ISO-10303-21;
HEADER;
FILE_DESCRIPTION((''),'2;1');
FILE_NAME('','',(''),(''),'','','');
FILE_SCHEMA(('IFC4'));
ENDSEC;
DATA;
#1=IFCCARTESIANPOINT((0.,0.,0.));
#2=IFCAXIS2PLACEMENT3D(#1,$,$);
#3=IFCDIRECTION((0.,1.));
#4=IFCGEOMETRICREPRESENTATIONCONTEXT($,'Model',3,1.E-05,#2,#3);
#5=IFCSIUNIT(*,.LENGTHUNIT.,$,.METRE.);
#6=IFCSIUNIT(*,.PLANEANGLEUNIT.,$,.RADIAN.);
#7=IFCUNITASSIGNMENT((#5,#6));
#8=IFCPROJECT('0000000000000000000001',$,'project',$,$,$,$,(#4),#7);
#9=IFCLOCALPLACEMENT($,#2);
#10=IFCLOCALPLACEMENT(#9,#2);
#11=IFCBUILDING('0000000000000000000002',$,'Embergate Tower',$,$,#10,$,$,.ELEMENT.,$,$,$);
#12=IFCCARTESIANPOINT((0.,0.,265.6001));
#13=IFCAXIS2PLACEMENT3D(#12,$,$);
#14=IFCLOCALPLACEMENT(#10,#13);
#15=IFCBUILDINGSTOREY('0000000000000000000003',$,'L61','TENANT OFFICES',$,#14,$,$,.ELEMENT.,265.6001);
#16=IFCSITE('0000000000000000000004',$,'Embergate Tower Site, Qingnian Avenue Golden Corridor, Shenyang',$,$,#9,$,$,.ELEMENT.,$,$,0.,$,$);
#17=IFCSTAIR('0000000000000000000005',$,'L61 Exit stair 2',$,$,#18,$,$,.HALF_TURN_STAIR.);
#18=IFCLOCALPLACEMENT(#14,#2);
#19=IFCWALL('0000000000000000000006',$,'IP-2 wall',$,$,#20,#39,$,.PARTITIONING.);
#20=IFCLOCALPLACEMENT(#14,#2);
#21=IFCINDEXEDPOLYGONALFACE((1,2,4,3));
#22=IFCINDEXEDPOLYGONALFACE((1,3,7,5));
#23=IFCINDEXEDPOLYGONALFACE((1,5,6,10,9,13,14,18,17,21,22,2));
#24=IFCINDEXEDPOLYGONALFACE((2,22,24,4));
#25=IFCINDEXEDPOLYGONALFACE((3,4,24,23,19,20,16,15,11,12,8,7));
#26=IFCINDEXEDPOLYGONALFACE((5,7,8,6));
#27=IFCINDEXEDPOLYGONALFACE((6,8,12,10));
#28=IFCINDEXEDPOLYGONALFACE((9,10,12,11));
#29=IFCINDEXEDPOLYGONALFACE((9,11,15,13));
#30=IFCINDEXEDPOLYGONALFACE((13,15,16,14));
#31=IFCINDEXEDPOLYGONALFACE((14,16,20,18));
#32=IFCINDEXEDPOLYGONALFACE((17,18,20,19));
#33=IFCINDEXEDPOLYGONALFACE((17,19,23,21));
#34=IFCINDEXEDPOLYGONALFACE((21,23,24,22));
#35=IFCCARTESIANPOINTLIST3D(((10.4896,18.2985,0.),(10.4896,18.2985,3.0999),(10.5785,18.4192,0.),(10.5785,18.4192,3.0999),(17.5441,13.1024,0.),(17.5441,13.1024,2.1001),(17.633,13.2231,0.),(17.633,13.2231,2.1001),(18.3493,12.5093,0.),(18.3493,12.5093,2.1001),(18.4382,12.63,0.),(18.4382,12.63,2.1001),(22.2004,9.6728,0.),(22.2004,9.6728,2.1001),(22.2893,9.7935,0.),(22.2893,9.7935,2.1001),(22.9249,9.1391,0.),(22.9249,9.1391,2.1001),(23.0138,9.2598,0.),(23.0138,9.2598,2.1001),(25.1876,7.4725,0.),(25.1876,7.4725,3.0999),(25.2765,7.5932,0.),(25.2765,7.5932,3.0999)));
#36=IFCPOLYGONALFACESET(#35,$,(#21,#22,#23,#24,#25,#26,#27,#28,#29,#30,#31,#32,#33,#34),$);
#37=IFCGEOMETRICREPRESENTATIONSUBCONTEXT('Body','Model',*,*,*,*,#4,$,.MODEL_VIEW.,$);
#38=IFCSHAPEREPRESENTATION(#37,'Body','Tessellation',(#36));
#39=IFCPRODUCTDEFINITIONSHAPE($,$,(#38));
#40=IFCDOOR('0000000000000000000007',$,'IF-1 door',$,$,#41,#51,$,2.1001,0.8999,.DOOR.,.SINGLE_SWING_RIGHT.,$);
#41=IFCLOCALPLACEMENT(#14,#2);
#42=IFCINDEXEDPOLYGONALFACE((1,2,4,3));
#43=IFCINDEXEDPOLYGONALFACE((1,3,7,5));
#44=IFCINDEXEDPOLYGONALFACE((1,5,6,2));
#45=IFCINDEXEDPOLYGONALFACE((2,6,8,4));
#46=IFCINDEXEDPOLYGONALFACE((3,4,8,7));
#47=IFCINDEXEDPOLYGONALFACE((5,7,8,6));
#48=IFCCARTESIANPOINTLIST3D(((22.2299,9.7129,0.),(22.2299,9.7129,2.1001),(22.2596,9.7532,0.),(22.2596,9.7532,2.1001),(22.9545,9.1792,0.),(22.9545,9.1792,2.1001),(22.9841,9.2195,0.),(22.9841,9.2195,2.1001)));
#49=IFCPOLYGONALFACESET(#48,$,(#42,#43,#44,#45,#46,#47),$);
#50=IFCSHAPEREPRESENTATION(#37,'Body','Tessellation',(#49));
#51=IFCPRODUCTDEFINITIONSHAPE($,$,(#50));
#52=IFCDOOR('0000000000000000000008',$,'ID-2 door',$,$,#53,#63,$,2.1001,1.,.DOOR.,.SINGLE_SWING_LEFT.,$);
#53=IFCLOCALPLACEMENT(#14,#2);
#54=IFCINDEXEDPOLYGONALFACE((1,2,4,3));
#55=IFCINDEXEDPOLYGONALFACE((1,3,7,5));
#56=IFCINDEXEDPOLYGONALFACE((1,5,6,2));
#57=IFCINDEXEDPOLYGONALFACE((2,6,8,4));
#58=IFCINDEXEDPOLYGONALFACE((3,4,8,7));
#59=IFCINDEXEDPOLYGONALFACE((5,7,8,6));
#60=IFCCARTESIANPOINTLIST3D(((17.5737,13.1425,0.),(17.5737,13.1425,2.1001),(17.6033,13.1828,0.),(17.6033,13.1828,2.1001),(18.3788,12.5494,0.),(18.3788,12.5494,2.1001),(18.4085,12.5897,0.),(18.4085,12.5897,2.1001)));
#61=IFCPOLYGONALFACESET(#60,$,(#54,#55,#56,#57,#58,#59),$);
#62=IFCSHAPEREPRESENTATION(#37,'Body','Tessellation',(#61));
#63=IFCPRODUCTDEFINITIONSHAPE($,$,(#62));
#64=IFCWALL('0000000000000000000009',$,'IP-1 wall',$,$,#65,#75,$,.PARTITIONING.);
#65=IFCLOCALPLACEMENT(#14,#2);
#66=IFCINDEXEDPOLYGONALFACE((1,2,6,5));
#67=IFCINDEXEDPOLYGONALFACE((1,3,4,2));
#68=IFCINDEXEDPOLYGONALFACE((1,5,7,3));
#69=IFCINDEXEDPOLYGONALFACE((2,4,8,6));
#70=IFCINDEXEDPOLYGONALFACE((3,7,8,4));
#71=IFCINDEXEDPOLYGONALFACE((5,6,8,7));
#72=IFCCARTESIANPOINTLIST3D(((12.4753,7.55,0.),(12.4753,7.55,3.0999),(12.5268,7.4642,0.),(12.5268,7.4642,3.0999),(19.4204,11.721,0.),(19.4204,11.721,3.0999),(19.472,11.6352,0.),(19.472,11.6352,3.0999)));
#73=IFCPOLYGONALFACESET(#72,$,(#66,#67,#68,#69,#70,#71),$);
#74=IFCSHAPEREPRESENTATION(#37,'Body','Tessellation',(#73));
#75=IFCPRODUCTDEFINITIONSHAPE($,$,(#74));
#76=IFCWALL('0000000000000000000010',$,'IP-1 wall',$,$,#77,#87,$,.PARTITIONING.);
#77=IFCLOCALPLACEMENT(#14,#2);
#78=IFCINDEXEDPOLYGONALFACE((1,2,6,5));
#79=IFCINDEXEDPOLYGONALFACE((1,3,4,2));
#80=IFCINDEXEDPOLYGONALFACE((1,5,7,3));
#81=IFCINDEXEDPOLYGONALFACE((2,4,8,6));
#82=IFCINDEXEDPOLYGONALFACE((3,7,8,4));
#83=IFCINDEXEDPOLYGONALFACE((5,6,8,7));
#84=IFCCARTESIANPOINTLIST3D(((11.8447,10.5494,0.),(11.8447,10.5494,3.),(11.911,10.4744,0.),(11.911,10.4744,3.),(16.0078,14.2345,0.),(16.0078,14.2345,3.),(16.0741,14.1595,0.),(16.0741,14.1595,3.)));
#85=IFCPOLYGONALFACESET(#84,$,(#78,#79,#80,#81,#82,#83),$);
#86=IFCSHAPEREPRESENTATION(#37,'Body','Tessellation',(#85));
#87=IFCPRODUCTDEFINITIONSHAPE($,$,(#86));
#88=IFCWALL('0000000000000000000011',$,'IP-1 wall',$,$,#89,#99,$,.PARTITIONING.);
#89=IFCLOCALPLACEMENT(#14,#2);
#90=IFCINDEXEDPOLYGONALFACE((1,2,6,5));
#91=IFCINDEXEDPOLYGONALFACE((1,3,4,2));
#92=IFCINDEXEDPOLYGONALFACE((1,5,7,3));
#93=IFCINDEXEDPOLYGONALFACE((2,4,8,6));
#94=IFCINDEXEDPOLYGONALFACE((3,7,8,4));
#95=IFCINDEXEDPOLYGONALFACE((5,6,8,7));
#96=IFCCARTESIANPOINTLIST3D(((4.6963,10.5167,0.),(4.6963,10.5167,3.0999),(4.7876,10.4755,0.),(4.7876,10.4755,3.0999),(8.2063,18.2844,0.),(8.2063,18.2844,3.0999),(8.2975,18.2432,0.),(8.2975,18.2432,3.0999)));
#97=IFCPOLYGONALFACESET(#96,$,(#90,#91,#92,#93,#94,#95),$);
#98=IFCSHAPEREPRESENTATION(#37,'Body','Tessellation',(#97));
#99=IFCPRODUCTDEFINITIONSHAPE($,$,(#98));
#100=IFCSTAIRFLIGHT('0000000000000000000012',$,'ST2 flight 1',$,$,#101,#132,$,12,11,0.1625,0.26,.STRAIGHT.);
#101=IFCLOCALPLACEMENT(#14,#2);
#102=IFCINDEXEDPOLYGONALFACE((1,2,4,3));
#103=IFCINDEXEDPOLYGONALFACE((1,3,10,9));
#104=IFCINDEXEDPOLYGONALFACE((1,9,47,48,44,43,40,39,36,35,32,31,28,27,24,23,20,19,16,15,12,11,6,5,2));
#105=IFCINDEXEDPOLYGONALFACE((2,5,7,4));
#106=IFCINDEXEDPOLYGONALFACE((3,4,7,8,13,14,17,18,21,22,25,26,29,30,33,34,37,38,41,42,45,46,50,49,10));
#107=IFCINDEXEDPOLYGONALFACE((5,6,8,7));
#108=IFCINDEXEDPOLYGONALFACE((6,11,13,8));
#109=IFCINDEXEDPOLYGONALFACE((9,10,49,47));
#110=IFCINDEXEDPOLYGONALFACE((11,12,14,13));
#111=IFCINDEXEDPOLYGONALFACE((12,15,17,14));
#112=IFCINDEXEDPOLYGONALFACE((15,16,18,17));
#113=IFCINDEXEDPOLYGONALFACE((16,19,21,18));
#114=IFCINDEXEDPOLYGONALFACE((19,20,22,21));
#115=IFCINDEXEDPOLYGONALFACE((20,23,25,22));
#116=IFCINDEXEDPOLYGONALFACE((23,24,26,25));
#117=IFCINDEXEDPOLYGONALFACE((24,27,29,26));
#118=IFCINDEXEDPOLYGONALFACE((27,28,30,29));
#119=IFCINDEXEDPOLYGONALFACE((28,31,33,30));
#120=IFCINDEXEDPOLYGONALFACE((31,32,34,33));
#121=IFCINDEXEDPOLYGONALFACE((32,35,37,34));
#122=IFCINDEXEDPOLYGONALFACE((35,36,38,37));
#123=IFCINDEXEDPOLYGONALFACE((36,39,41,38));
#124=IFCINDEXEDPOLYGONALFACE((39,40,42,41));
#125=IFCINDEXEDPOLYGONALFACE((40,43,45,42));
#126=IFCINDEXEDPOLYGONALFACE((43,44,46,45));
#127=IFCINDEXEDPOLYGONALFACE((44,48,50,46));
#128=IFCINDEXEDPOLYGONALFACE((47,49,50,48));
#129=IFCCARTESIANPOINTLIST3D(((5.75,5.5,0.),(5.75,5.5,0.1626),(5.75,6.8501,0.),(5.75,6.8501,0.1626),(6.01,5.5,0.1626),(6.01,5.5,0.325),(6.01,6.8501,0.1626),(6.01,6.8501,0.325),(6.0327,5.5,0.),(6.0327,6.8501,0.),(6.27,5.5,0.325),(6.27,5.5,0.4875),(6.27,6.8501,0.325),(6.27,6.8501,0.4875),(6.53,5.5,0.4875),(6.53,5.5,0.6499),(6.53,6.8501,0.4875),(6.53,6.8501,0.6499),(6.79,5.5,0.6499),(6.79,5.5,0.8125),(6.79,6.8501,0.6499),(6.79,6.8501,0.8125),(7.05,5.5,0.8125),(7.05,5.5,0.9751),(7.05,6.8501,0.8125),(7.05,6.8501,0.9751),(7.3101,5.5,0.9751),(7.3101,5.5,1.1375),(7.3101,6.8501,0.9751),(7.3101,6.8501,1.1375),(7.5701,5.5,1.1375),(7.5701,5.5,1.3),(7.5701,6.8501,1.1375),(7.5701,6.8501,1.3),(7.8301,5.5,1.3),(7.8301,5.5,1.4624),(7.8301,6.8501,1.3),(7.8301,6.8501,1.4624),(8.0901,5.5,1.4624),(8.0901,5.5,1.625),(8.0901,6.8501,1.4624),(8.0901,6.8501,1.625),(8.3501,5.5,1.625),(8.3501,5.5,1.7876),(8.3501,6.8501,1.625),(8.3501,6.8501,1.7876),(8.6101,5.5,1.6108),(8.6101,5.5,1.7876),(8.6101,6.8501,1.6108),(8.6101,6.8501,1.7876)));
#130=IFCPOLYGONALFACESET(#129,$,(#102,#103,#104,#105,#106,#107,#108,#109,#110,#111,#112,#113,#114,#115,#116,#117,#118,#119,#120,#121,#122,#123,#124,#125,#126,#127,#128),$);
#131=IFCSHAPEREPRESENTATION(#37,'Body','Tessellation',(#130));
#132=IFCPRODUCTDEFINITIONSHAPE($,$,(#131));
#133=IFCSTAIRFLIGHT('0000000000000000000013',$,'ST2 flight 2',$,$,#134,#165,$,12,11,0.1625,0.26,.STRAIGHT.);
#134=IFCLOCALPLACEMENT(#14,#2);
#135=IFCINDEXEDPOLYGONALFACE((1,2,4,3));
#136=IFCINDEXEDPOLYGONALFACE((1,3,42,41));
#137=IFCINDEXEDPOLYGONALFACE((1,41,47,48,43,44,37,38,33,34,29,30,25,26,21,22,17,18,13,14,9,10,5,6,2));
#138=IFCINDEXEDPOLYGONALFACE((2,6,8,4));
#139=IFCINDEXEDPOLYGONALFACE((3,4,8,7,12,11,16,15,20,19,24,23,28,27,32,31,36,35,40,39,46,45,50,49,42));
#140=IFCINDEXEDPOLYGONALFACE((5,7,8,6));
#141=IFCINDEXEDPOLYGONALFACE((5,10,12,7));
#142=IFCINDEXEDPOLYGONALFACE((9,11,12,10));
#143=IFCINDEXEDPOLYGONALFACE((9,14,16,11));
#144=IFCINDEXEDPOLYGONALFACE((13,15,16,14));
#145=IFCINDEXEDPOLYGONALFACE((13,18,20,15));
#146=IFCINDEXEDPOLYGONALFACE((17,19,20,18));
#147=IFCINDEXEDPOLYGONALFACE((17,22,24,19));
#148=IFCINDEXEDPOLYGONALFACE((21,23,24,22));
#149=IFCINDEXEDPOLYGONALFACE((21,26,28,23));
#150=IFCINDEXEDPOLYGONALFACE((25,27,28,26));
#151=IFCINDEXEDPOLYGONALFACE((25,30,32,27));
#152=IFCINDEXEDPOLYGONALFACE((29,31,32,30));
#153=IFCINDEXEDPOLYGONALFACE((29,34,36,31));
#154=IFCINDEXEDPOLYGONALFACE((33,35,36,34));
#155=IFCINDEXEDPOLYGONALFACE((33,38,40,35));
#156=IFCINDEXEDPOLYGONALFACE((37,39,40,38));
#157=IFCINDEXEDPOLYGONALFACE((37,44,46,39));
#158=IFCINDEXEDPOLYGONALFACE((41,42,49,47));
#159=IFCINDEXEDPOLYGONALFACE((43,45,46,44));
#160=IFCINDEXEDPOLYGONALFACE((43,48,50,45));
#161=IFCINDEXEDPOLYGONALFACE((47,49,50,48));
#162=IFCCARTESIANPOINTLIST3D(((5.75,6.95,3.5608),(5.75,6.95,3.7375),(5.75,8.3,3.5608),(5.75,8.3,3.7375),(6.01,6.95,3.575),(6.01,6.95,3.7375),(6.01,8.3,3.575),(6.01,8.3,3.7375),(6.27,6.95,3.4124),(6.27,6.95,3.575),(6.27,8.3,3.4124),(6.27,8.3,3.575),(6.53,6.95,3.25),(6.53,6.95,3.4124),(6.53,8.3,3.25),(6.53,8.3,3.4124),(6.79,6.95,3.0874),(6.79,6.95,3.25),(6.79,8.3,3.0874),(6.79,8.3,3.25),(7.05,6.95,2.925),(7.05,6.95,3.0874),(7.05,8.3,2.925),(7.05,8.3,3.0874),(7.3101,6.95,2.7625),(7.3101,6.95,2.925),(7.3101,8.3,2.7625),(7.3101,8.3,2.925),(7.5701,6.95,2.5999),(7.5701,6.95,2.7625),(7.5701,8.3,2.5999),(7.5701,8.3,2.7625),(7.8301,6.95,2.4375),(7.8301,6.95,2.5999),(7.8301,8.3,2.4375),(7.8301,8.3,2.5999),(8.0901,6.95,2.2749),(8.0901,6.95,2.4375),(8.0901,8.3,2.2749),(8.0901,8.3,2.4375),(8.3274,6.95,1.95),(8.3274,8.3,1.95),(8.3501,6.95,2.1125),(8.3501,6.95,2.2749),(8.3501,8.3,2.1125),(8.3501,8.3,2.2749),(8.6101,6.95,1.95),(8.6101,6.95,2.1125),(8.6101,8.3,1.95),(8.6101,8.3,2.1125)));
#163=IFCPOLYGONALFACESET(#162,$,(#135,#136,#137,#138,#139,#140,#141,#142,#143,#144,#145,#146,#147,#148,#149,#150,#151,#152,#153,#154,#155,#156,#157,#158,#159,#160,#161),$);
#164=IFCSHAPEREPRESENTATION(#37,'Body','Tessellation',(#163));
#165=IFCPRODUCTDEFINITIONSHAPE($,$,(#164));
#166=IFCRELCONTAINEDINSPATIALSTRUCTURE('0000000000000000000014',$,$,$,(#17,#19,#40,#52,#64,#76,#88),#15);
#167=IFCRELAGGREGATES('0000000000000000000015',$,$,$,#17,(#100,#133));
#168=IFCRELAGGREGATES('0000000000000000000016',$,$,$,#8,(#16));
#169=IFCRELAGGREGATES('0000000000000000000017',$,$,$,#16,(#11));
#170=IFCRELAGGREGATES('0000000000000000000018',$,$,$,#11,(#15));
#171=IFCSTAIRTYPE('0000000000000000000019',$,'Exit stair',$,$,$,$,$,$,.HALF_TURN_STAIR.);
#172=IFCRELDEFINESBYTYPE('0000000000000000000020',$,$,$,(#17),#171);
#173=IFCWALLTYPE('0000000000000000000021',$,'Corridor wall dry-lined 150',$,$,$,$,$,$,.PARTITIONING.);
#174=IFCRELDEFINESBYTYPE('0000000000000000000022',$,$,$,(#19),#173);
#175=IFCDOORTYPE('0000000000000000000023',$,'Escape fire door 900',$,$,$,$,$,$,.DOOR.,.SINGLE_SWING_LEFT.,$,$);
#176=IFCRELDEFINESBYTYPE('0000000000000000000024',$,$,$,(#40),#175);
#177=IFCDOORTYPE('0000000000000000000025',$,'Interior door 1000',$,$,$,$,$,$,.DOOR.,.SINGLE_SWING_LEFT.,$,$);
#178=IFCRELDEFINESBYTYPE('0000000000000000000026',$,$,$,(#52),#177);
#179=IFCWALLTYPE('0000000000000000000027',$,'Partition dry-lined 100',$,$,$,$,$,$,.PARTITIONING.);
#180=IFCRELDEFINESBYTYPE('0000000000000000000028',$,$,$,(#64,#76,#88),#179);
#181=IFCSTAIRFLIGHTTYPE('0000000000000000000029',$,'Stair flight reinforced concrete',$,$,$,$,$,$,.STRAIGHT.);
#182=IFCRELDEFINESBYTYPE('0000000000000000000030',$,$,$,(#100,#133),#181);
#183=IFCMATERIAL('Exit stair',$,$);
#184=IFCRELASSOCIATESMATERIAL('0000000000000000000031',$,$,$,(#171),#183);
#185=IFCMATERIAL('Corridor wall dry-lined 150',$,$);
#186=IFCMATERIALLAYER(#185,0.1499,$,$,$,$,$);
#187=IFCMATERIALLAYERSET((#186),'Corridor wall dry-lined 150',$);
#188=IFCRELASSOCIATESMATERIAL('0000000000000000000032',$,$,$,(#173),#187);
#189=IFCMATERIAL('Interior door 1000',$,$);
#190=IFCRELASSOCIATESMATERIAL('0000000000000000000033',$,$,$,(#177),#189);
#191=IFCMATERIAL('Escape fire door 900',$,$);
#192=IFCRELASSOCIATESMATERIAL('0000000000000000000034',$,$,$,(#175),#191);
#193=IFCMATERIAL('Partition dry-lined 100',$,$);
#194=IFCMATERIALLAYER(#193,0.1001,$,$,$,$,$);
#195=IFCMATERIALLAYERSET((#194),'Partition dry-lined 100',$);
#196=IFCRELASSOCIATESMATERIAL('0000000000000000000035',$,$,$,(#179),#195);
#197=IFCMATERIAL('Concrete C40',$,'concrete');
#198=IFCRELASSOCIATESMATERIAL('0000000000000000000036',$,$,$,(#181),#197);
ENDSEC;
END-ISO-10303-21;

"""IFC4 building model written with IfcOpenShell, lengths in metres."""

from ifc_helpers import new_model, si_unit, direction, frame, frame_2d, origin, place, context, subcontext, project, spatial, polyline, rectangle, outline, extrude, source, transform, mapped, material, layer, layer_set, type_object, element, fill, aggregate, save


model = new_model("IFC4")

# Units and contexts
model_context = context("Model", 3, precision=1e-05, world=origin(), true_north=direction((0.0, 1.0)))
body_context = subcontext(model_context, "Body", "Model", "MODEL_VIEW")
ifc_project = project(units=[si_unit("LENGTHUNIT", "METRE"), si_unit("PLANEANGLEUNIT", "RADIAN")], contexts=[model_context])

# Site, building, storey
site_placement = place(None, origin())
site = spatial("IfcSite", under=ifc_project, at=site_placement, Name="Embergate Tower Site, Qingnian Avenue Golden Corridor, Shenyang", CompositionType="ELEMENT", RefElevation=0.0)
building_placement = place(site_placement, origin())
building = spatial("IfcBuilding", under=site, at=building_placement, Name="Embergate Tower", CompositionType="ELEMENT")
storey_placement = place(building_placement, frame((0.0, 0.0, 265.6001)))
storey = spatial("IfcBuildingStorey", under=building, at=storey_placement, Name="L61", Description="TENANT OFFICES", CompositionType="ELEMENT", Elevation=265.6001)

# Stair
ifc_material_1 = material(Name="Exit stair")
stair_type = type_object("IfcStairType", Name="Exit stair", PredefinedType="HALF_TURN_STAIR", material=ifc_material_1)
stair_placement = place(storey_placement, origin())
stair = element("IfcStair", 1, at=stair_placement, inside=storey, type_object=stair_type, Name="L61 Exit stair 2", PredefinedType="HALF_TURN_STAIR")
ifc_material_2 = material(Name="Concrete C40", Category="concrete")

# Shared definitions
ifc_material_3 = material(Name="Corridor wall dry-lined 150")
ifc_layer_1 = layer(ifc_material_3, 0.1499)
ifc_layer_set_1 = layer_set([ifc_layer_1], Name="Corridor wall dry-lined 150")
wall_type_1 = type_object("IfcWallType", Name="Corridor wall dry-lined 150", PredefinedType="PARTITIONING", material=ifc_layer_set_1)
shared_shape_1 = source(origin(), body_context, "Body", "SweptSolid", [
    extrude(rectangle(XDim=1.0, YDim=2.1001, at=frame_2d((0.5, 1.05))), frame((0.0, 0.085, 0.0), z_axis=(0.0, -1.0, 0.0), x_axis=(1.0, 0.0, 0.0)), (0.0, 0.0, 1.0), 0.1699),
])
ifc_material_4 = material(Name="Interior door 1000")
door_type_1 = type_object("IfcDoorType", Name="Interior door 1000", OperationType="SINGLE_SWING_LEFT", PredefinedType="DOOR", material=ifc_material_4)
shared_shape_2 = source(origin(), body_context, "Body", "SweptSolid", [
    extrude(rectangle(XDim=1.0, YDim=2.1001, at=frame_2d((0.5, 1.05))), frame((0.0, 0.0249, 0.0), z_axis=(0.0, -1.0, 0.0), x_axis=(1.0, 0.0, 0.0)), (0.0, 0.0, 1.0), 0.05),
])

# Shared definitions
shared_shape_3 = source(origin(), body_context, "Body", "SweptSolid", [
    extrude(rectangle(XDim=0.8999, YDim=2.1001, at=frame_2d((0.45, 1.05))), frame((0.0, 0.085, 0.0), z_axis=(0.0, -1.0, 0.0), x_axis=(1.0, 0.0, 0.0)), (0.0, 0.0, 1.0), 0.1699),
])
ifc_material_5 = material(Name="Escape fire door 900")
door_type_2 = type_object("IfcDoorType", Name="Escape fire door 900", OperationType="SINGLE_SWING_LEFT", PredefinedType="DOOR", material=ifc_material_5)
shared_shape_4 = source(origin(), body_context, "Body", "SweptSolid", [
    extrude(rectangle(XDim=0.8999, YDim=2.1001, at=frame_2d((0.45, 1.05))), frame((0.0, 0.0249, 0.0), z_axis=(0.0, -1.0, 0.0), x_axis=(1.0, 0.0, 0.0)), (0.0, 0.0, 1.0), 0.05),
])

# Wall, openings, doors
shared_shape_5 = source(origin(), body_context, "Body", "SweptSolid", [
    extrude(rectangle(XDim=18.2546, YDim=0.1499, at=frame_2d((9.1274, 0.0))), origin(), (0.0, 0.0, 1.0), 3.0999),
])
wall_1_placement = place(storey_placement, frame((10.5339, 18.3589, 0.0), z_axis=(0.0, 0.0, 1.0), x_axis=(0.805165, -0.593051, 0.0)))
wall_1 = element("IfcWall", 2, at=wall_1_placement, inside=storey, type_object=wall_type_1, Name="IP-2 wall", PredefinedType="PARTITIONING", context=body_context, shape_type="MappedRepresentation", body=[
    mapped(shared_shape_5, transform((0.0, 0.0, 0.0))),
])
opening_1_placement = place(wall_1_placement, frame((14.5447, 0.0, 0.0)))
opening_1 = element("IfcOpeningElement", 3, at=opening_1_placement, cuts=wall_1, PredefinedType="OPENING", context=body_context, shape_type="MappedRepresentation", body=[
    mapped(shared_shape_3, transform((0.0, 0.0, 0.0))),
])
opening_2_placement = place(wall_1_placement, frame((8.7617, 0.0, 0.0)))
opening_2 = element("IfcOpeningElement", 4, at=opening_2_placement, cuts=wall_1, PredefinedType="OPENING", context=body_context, shape_type="MappedRepresentation", body=[
    mapped(shared_shape_1, transform((0.0, 0.0, 0.0))),
])
door_1_placement = place(opening_1_placement, origin())
door_1 = element("IfcDoor", 5, at=door_1_placement, inside=storey, type_object=door_type_2, Name="IF-1 door", OperationType="SINGLE_SWING_RIGHT", OverallHeight=2.1001, OverallWidth=0.8999, PredefinedType="DOOR", context=body_context, shape_type="MappedRepresentation", body=[
    mapped(shared_shape_4, transform((0.0, 0.0, 0.0))),
])
fill(opening_1, door_1)
door_2_placement = place(opening_2_placement, origin())
door_2 = element("IfcDoor", 6, at=door_2_placement, inside=storey, type_object=door_type_1, Name="ID-2 door", OperationType="SINGLE_SWING_LEFT", OverallHeight=2.1001, OverallWidth=1.0, PredefinedType="DOOR", context=body_context, shape_type="MappedRepresentation", body=[
    mapped(shared_shape_2, transform((0.0, 0.0, 0.0))),
])
fill(opening_2, door_2)

# Walls
ifc_material_6 = material(Name="Partition dry-lined 100")
ifc_layer_2 = layer(ifc_material_6, 0.1001)
ifc_layer_set_2 = layer_set([ifc_layer_2], Name="Partition dry-lined 100")
wall_type_2 = type_object("IfcWallType", Name="Partition dry-lined 100", PredefinedType="PARTITIONING", material=ifc_layer_set_2)
shared_shape_6 = source(origin(), body_context, "Body", "SweptSolid", [
    extrude(rectangle(XDim=8.1013, YDim=0.1001, at=frame_2d((4.0508, 0.0))), origin(), (0.0, 0.0, 1.0), 3.0999),
])
wall_2_placement = place(storey_placement, frame((12.501, 7.5071, 0.0), z_axis=(0.0, 0.0, 1.0), x_axis=(0.857283, 0.514846, 0.0)))
element("IfcWall", 7, at=wall_2_placement, inside=storey, type_object=wall_type_2, Name="IP-1 wall", PredefinedType="PARTITIONING", context=body_context, shape_type="MappedRepresentation", body=[
    mapped(shared_shape_6, transform((0.0, 0.0, 0.0))),
])
shared_shape_7 = source(origin(), body_context, "Body", "SweptSolid", [
    extrude(rectangle(XDim=5.5598, YDim=0.1001, at=frame_2d((2.7798, 0.0))), origin(), (0.0, 0.0, 1.0), 3.0),
])
wall_3_placement = place(storey_placement, frame((11.8779, 10.512, 0.0), z_axis=(0.0, 0.0, 1.0), x_axis=(0.748789, 0.662809, 0.0)))
element("IfcWall", 8, at=wall_3_placement, inside=storey, type_object=wall_type_2, Name="IP-1 wall", PredefinedType="PARTITIONING", context=body_context, shape_type="MappedRepresentation", body=[
    mapped(shared_shape_7, transform((0.0, 0.0, 0.0))),
])
shared_shape_8 = source(origin(), body_context, "Body", "SweptSolid", [
    extrude(rectangle(XDim=8.5239, YDim=0.1001, at=frame_2d((4.262, 0.0))), origin(), (0.0, 0.0, 1.0), 3.0999),
])
wall_4_placement = place(storey_placement, frame((4.7419, 10.4961, 0.0), z_axis=(0.0, 0.0, 1.0), x_axis=(0.411778, 0.911284, 0.0)))
element("IfcWall", 9, at=wall_4_placement, inside=storey, type_object=wall_type_2, Name="IP-1 wall", PredefinedType="PARTITIONING", context=body_context, shape_type="MappedRepresentation", body=[
    mapped(shared_shape_8, transform((0.0, 0.0, 0.0))),
])

# Stair flights
stair_flight_type = type_object("IfcStairFlightType", Name="Stair flight reinforced concrete", PredefinedType="STRAIGHT", material=ifc_material_2)
shared_shape_9 = source(origin(), body_context, "Body", "SweptSolid", [
    extrude(outline(polyline([(0.0, 0.0), (0.0, 0.1626), (0.26, 0.1626), (0.26, 0.325), (0.52, 0.325), (0.52, 0.4875), (0.78, 0.4875), (0.78, 0.6499), (1.04, 0.6499), (1.04, 0.8125), (1.3, 0.8125), (1.3, 0.9751), (1.5601, 0.9751), (1.5601, 1.1375), (1.8201, 1.1375), (1.8201, 1.3), (2.0801, 1.3), (2.0801, 1.4624), (2.3401, 1.4624), (2.3401, 1.625), (2.6001, 1.625), (2.6001, 1.7876), (2.8601, 1.7876), (2.8601, 1.95), (2.8601, 1.6108), (0.2827, 0.0), (0.0, 0.0)])), frame((0.0, 0.675, 0.0), z_axis=(0.0, -1.0, 0.0), x_axis=(1.0, 0.0, 0.0)), (0.0, 0.0, 1.0), 1.3501),
])
stair_flight_1_placement = place(storey_placement, frame((5.75, 6.175, 0.0), z_axis=(0.0, 0.0, 1.0), x_axis=(1.0, 0.0, 0.0)))
stair_flight_1 = element("IfcStairFlight", 10, at=stair_flight_1_placement, type_object=stair_flight_type, Name="ST2 flight 1", NumberOfRisers=12, NumberOfTreads=11, PredefinedType="STRAIGHT", RiserHeight=0.1625, TreadLength=0.26, context=body_context, shape_type="MappedRepresentation", body=[
    mapped(shared_shape_9, transform((0.0, 0.0, 0.0))),
])
stair_flight_2_placement = place(storey_placement, frame((8.6101, 7.625, 1.95), z_axis=(0.0, 0.0, 1.0), x_axis=(-1.0, 0.0, 0.0)))
stair_flight_2 = element("IfcStairFlight", 11, at=stair_flight_2_placement, type_object=stair_flight_type, Name="ST2 flight 2", NumberOfRisers=12, NumberOfTreads=11, PredefinedType="STRAIGHT", RiserHeight=0.1625, TreadLength=0.26, context=body_context, shape_type="MappedRepresentation", body=[
    mapped(shared_shape_9, transform((0.0, 0.0, 0.0))),
])
aggregate(stair, [stair_flight_1, stair_flight_2])

save(model, "model.ifc")
